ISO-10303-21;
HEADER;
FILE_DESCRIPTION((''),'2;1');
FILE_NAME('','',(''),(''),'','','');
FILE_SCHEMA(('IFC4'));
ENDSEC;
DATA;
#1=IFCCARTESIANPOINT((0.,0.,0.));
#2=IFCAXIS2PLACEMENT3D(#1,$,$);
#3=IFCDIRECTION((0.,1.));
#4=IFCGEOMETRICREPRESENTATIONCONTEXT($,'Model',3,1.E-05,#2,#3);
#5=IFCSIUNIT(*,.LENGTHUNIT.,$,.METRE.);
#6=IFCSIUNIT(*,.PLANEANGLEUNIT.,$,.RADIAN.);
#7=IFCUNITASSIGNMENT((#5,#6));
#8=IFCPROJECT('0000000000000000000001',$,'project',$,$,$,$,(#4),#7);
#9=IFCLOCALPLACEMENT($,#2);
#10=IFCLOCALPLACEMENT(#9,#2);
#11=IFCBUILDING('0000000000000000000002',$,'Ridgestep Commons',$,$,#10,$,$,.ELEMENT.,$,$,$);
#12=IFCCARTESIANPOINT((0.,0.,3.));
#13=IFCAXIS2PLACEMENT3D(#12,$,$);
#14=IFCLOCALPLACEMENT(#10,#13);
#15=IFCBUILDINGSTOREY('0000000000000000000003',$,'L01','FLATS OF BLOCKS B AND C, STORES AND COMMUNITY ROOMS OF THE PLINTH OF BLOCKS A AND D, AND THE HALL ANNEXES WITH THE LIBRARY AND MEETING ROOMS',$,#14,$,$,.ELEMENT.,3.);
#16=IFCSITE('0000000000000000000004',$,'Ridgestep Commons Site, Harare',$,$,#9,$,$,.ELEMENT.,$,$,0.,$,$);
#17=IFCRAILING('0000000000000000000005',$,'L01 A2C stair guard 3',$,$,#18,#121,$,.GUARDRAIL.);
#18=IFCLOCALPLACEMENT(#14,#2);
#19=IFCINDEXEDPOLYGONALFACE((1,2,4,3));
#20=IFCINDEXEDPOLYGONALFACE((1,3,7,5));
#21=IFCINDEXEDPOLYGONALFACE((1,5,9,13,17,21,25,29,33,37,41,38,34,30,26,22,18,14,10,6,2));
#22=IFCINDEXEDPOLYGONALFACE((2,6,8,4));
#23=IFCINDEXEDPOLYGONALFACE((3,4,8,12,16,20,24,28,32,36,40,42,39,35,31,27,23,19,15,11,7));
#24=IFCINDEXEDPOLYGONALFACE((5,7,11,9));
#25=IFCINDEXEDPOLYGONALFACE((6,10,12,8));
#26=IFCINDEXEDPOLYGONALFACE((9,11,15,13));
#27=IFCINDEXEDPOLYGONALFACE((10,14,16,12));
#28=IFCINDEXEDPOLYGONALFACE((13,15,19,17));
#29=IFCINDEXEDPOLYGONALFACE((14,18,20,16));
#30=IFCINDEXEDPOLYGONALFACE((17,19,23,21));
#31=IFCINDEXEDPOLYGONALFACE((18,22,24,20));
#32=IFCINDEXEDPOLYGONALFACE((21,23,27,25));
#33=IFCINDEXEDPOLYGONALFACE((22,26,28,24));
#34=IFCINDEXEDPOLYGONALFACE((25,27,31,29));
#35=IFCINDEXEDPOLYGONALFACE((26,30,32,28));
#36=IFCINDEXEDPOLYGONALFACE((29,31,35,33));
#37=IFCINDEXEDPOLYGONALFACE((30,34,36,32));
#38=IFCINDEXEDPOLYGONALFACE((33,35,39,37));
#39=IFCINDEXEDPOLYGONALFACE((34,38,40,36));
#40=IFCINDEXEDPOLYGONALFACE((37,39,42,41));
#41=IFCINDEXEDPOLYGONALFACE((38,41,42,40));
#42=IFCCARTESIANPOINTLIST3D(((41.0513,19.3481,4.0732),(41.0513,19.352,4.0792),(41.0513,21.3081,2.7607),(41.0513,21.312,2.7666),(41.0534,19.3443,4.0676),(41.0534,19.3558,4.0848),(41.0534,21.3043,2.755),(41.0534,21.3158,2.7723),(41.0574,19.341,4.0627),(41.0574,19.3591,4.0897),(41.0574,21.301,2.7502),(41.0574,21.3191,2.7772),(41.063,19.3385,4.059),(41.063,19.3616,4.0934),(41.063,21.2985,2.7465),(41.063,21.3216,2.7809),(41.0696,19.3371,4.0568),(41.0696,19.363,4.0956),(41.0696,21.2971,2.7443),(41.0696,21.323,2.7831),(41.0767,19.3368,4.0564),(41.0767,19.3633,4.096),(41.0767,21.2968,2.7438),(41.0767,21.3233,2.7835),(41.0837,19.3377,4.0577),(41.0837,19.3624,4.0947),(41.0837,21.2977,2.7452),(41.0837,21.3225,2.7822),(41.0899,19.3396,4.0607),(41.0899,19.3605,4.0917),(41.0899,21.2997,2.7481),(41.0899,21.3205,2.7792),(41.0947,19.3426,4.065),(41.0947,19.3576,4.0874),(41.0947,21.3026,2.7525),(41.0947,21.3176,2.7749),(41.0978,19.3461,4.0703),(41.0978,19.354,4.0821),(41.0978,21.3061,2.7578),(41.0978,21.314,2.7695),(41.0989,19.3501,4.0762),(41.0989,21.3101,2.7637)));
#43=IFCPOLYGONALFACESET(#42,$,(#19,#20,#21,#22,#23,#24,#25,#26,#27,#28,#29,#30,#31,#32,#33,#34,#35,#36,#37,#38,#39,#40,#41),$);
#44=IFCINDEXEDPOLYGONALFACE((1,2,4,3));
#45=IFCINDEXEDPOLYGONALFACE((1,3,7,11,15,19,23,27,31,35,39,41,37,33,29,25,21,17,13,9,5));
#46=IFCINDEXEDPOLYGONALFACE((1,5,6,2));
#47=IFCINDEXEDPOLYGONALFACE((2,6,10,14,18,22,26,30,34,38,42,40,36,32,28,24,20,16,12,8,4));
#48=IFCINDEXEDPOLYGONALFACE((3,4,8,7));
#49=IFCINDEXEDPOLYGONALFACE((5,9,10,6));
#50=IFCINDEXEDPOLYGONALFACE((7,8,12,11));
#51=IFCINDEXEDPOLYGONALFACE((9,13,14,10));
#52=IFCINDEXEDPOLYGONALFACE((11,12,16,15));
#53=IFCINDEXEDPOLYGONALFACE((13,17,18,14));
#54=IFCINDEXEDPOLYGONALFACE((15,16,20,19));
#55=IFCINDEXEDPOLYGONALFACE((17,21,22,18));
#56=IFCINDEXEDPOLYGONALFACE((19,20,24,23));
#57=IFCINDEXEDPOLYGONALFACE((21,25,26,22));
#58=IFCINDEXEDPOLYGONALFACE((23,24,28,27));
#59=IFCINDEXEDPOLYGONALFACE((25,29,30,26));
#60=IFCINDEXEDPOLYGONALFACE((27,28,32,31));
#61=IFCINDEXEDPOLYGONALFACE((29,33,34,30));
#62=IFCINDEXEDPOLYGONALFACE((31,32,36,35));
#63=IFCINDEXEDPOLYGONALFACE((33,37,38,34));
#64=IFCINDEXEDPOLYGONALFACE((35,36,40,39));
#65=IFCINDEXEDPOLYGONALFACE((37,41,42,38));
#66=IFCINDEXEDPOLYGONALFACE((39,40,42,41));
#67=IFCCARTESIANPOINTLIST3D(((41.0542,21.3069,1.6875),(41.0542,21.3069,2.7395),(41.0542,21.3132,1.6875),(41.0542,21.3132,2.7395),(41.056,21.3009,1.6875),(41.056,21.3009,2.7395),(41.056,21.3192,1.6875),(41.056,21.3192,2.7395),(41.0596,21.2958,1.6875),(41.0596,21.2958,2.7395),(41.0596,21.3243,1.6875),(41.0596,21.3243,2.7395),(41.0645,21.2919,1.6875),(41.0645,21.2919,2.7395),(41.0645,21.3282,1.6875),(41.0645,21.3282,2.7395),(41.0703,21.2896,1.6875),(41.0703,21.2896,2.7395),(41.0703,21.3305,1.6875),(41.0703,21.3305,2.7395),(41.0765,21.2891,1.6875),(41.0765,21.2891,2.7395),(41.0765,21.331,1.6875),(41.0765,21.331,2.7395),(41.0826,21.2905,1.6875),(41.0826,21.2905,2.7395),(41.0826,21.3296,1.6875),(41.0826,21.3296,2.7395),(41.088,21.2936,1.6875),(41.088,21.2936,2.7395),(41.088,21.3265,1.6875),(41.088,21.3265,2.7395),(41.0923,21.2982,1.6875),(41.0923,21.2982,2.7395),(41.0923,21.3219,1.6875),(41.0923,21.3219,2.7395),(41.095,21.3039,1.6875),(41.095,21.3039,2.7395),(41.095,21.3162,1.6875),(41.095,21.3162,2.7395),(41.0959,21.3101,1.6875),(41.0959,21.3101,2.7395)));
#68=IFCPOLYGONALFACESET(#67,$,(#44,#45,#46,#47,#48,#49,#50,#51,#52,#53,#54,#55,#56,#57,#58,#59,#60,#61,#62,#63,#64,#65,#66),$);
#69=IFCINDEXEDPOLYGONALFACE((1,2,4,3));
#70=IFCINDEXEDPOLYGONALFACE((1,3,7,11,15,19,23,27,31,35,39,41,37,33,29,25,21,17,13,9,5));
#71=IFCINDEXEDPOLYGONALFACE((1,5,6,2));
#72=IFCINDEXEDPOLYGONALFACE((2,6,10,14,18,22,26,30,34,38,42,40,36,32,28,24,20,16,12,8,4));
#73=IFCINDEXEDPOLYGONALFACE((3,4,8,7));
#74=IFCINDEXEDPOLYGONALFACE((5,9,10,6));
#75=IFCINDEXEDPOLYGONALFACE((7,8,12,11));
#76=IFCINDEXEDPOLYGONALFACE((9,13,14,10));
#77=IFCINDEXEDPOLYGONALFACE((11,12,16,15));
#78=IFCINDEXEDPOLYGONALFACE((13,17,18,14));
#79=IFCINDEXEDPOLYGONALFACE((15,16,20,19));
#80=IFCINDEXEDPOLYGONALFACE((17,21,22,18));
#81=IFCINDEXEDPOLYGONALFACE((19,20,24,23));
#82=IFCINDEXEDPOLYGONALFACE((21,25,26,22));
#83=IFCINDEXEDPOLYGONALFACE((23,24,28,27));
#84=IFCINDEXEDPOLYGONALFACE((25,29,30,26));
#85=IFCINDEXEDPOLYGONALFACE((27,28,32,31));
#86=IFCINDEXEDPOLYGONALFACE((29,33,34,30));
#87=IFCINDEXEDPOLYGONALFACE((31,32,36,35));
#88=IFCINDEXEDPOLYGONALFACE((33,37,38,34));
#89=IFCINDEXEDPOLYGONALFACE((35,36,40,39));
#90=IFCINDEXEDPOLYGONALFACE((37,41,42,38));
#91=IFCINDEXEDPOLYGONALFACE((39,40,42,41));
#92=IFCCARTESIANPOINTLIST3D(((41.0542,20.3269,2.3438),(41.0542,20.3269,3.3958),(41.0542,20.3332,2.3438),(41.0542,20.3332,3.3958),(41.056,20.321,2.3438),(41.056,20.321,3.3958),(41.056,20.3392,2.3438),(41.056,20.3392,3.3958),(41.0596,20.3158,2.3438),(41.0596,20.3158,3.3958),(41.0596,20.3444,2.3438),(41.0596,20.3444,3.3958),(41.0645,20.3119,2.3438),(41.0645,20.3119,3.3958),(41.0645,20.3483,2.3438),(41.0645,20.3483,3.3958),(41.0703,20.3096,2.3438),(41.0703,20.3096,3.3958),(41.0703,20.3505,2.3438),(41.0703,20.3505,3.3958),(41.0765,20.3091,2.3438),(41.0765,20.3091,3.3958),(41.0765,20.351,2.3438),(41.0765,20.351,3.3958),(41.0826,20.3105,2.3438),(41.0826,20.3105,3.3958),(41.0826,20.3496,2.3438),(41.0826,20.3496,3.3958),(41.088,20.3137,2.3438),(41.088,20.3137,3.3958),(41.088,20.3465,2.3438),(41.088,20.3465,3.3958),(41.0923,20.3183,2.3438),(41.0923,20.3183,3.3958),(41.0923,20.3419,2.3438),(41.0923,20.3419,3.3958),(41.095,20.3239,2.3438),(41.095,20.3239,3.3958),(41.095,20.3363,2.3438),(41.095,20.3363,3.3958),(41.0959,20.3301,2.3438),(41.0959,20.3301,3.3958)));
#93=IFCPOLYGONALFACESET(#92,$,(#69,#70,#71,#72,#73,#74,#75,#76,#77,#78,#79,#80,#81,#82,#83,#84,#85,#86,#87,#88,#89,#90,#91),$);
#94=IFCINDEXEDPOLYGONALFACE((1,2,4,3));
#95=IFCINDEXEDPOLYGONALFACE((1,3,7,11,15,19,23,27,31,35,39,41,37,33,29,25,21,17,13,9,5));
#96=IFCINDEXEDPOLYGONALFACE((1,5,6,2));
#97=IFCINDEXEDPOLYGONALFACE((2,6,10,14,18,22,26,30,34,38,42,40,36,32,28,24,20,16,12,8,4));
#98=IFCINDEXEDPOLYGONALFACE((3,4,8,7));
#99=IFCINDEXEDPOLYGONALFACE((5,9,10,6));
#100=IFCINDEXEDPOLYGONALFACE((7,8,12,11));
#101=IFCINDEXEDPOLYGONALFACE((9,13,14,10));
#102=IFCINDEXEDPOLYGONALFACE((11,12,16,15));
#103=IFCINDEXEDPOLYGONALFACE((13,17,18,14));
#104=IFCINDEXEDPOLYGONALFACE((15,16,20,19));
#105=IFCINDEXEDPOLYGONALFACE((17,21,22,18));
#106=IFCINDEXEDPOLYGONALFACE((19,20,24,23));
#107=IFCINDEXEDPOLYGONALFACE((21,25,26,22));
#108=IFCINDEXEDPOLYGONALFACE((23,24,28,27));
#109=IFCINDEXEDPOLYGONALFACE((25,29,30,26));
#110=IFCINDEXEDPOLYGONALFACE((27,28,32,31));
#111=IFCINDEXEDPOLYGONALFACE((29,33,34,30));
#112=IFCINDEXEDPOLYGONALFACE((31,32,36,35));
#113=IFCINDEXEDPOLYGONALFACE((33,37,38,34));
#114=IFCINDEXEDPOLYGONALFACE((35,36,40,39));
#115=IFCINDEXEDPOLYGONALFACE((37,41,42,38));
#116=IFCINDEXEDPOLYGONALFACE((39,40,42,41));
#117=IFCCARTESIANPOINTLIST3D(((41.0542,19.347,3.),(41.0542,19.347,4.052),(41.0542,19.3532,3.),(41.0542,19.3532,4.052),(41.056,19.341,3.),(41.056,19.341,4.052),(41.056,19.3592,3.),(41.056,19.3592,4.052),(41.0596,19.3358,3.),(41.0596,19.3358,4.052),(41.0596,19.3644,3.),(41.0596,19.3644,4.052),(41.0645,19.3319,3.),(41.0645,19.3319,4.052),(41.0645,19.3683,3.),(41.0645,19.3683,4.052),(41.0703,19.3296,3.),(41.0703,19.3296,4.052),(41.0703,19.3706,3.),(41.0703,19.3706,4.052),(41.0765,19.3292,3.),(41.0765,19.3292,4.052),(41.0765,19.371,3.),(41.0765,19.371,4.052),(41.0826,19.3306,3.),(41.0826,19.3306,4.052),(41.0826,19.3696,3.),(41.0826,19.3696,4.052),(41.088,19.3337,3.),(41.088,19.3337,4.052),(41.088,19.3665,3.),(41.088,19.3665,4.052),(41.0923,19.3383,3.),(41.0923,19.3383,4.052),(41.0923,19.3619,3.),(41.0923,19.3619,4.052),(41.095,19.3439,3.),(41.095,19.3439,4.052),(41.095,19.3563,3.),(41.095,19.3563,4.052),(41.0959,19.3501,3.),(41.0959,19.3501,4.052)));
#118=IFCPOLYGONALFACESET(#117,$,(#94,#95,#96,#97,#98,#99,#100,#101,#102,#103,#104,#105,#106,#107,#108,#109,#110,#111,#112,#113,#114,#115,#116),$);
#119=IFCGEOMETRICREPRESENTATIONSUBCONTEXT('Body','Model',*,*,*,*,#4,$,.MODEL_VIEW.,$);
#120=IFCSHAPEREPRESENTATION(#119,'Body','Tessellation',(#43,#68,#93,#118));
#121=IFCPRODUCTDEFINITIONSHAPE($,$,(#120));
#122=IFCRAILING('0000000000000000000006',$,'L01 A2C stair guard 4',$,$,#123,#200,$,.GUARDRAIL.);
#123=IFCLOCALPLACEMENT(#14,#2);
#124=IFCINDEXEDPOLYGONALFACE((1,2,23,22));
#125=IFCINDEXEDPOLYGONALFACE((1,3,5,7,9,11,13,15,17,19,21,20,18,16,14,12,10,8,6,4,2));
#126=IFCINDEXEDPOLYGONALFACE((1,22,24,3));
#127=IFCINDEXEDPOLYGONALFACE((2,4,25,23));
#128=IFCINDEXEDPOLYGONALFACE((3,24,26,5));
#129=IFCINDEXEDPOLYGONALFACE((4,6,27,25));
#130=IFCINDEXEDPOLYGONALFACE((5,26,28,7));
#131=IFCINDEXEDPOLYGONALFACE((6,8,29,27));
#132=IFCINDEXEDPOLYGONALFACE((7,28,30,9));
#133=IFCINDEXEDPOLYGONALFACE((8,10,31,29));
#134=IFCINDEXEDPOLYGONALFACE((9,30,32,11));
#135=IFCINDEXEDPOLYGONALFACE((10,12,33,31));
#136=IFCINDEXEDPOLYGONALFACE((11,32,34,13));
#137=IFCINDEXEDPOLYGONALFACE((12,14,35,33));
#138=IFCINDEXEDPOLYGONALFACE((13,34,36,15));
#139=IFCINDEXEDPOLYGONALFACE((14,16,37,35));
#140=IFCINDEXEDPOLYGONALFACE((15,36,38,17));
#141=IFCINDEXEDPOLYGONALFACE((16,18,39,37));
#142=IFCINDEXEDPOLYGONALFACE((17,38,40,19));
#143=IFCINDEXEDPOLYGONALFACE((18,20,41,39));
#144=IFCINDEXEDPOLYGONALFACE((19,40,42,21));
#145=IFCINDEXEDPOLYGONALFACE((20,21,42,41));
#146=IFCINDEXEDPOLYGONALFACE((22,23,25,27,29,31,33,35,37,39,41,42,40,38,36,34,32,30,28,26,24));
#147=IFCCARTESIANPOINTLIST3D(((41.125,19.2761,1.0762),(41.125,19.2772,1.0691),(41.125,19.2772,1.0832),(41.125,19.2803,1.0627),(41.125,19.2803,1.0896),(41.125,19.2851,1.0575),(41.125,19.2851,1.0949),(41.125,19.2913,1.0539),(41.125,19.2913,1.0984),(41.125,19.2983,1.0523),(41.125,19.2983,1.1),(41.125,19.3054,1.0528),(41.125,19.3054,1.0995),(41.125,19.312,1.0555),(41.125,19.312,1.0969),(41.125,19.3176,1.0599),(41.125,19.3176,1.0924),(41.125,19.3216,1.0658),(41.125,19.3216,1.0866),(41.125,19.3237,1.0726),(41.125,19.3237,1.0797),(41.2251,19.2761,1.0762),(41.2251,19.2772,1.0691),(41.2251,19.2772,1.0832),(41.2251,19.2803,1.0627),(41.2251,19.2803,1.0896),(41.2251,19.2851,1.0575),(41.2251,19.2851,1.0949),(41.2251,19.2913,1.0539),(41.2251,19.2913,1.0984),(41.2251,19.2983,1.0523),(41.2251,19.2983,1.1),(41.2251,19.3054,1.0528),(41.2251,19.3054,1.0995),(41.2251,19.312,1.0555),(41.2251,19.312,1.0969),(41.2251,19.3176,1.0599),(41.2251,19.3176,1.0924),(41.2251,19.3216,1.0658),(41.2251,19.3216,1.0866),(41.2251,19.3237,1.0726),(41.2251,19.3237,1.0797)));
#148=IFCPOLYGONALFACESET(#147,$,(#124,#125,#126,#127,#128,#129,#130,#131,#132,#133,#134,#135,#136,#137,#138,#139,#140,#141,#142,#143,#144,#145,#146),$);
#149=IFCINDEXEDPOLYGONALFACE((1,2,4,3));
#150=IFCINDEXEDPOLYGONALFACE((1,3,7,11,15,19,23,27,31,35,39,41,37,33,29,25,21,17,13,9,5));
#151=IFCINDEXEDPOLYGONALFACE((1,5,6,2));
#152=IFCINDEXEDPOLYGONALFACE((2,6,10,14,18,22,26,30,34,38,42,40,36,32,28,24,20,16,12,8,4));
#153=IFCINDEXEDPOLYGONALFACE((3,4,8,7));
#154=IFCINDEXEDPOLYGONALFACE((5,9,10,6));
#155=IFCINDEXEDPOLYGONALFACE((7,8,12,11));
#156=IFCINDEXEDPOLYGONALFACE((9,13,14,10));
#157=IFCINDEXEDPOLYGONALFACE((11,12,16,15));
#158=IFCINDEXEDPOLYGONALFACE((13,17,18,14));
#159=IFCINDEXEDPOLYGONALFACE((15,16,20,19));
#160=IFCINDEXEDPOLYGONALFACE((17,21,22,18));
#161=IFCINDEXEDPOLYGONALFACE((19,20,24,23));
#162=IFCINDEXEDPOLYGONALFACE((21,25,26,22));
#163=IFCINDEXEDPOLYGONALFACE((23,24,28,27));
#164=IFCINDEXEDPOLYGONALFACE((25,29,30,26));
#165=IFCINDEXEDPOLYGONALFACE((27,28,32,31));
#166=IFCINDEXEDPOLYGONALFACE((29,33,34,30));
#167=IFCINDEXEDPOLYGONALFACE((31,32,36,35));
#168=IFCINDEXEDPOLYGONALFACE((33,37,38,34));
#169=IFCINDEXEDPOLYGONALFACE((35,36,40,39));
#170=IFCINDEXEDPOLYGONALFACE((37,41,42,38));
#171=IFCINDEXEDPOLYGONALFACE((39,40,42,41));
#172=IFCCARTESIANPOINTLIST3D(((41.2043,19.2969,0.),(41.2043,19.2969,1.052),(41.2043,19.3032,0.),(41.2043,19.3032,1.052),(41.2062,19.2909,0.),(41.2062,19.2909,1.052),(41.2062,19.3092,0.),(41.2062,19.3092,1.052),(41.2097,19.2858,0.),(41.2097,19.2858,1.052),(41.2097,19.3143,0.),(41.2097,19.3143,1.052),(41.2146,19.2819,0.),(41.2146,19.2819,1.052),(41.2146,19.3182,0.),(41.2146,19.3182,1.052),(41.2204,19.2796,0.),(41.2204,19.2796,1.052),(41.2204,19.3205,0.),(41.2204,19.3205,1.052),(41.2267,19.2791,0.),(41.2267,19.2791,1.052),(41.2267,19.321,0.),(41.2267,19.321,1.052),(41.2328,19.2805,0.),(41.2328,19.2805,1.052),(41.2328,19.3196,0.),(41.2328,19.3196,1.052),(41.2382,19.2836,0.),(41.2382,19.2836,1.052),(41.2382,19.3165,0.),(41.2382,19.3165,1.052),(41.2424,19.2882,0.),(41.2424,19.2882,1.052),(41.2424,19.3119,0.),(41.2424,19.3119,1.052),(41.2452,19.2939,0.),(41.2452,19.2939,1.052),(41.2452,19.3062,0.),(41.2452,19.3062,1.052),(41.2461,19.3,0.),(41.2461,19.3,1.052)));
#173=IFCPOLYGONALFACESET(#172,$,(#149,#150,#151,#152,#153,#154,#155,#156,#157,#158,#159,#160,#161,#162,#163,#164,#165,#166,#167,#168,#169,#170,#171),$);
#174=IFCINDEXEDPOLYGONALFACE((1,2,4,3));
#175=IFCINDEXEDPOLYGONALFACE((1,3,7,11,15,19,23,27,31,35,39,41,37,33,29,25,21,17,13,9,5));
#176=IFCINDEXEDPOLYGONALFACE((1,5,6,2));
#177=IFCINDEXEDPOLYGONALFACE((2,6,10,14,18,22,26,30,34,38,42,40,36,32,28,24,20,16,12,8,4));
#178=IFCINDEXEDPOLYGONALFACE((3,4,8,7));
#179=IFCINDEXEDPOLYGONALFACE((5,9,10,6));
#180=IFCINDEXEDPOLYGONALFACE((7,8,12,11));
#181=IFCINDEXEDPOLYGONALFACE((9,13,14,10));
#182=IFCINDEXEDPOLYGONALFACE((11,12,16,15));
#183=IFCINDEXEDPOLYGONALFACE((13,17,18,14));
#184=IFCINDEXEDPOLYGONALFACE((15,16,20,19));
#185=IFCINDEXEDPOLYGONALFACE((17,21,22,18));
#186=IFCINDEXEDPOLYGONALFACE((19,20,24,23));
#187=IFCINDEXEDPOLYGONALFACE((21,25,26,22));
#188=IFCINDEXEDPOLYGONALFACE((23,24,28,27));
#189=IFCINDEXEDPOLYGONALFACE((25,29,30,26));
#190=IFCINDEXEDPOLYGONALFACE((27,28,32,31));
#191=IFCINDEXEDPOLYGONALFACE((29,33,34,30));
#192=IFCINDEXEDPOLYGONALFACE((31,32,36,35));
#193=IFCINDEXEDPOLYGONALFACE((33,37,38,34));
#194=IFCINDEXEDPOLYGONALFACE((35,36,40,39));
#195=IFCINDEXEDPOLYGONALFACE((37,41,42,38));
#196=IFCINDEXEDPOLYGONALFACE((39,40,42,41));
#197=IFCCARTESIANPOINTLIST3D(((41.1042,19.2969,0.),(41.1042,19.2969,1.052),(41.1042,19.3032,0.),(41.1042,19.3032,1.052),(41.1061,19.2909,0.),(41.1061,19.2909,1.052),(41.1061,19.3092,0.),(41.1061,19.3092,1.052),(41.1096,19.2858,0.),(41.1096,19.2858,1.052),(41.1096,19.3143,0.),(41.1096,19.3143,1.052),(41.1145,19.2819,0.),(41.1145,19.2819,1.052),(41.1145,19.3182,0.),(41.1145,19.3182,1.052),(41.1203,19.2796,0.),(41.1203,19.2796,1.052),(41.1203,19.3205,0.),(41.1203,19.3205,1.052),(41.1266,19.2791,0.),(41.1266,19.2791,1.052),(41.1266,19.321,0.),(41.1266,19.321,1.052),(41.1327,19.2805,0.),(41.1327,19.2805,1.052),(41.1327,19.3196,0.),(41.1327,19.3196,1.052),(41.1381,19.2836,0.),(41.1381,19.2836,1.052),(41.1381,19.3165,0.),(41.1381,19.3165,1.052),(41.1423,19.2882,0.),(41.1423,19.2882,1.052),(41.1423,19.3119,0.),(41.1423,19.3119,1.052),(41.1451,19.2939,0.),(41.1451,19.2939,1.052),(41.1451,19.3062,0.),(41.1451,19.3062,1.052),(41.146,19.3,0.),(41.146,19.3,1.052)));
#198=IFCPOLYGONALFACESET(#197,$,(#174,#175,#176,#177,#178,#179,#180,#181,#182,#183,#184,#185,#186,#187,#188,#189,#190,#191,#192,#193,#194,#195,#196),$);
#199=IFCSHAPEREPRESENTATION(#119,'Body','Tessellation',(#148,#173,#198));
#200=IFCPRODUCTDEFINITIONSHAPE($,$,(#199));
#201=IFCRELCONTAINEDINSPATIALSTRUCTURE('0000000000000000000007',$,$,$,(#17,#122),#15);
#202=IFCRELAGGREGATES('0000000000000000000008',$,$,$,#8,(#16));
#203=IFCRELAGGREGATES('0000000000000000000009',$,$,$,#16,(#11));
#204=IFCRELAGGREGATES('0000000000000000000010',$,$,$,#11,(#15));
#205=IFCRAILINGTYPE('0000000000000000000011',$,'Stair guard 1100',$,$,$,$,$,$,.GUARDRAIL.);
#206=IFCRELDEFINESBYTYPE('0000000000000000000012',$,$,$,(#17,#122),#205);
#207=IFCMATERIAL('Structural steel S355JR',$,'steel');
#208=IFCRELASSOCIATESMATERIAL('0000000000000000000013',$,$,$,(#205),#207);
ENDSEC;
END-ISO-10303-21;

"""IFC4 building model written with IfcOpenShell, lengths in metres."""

from ifc_helpers import new_model, si_unit, direction, frame, origin, origin_2d, place, context, subcontext, project, spatial, circle, extrude, material, type_object, element, save


model = new_model("IFC4")

# Units and contexts
model_context = context("Model", 3, precision=1e-05, world=origin(), true_north=direction((0.0, 1.0)))
body_context = subcontext(model_context, "Body", "Model", "MODEL_VIEW")
ifc_project = project(units=[si_unit("LENGTHUNIT", "METRE"), si_unit("PLANEANGLEUNIT", "RADIAN")], contexts=[model_context])

# Site, building, storey
site_placement = place(None, origin())
site = spatial("IfcSite", under=ifc_project, at=site_placement, Name="Ridgestep Commons Site, Harare", CompositionType="ELEMENT", RefElevation=0.0)
building_placement = place(site_placement, origin())
building = spatial("IfcBuilding", under=site, at=building_placement, Name="Ridgestep Commons", CompositionType="ELEMENT")
storey_placement = place(building_placement, frame((0.0, 0.0, 3.0)))
storey = spatial("IfcBuildingStorey", under=building, at=storey_placement, Name="L01", Description="FLATS OF BLOCKS B AND C, STORES AND COMMUNITY ROOMS OF THE PLINTH OF BLOCKS A AND D, AND THE HALL ANNEXES WITH THE LIBRARY AND MEETING ROOMS", CompositionType="ELEMENT", Elevation=3.0)

# Railings
ifc_material_1 = material(Name="Structural steel S355JR", Category="steel")
railing_type_1 = type_object("IfcRailingType", Name="Stair guard 1100", PredefinedType="GUARDRAIL", material=ifc_material_1)
railing_1_placement = place(storey_placement, frame((41.075, 21.3101, 1.6875)))
element("IfcRailing", 1, at=railing_1_placement, inside=storey, type_object=railing_type_1, Name="L01 A2C stair guard 3", PredefinedType="GUARDRAIL", context=body_context, shape_type="SweptSolid", body=[
    extrude(circle(Radius=0.0239, at=origin_2d()), frame((0.0, 0.0, 1.0762), z_axis=(0.0, -0.830902, 0.556419), x_axis=(1.0, 0.0, 0.0)), (0.0, 0.0, 1.0), 2.3589),
    extrude(circle(Radius=0.021, at=origin_2d()), origin(), (0.0, 0.0, 1.0), 1.052),
    extrude(circle(Radius=0.021, at=origin_2d()), frame((0.0, -0.98, 0.6562)), (0.0, 0.0, 1.0), 1.052),
    extrude(circle(Radius=0.021, at=origin_2d()), frame((0.0, -1.96, 1.3125)), (0.0, 0.0, 1.0), 1.052),
])
railing_2_placement = place(storey_placement, frame((41.2251, 19.3, 0.0)))
element("IfcRailing", 2, at=railing_2_placement, inside=storey, type_object=railing_type_1, Name="L01 A2C stair guard 4", PredefinedType="GUARDRAIL", context=body_context, shape_type="SweptSolid", body=[
    extrude(circle(Radius=0.0239, at=origin_2d()), frame((0.0, 0.0, 1.0762), z_axis=(-1.0, 0.0, 0.0), x_axis=(0.0, -1.0, 0.0)), (0.0, 0.0, 1.0), 0.1001),
    extrude(circle(Radius=0.021, at=origin_2d()), origin(), (0.0, 0.0, 1.0), 1.052),
    extrude(circle(Radius=0.021, at=origin_2d()), frame((-0.1001, 0.0, 0.0)), (0.0, 0.0, 1.0), 1.052),
])

save(model, "model.ifc")
